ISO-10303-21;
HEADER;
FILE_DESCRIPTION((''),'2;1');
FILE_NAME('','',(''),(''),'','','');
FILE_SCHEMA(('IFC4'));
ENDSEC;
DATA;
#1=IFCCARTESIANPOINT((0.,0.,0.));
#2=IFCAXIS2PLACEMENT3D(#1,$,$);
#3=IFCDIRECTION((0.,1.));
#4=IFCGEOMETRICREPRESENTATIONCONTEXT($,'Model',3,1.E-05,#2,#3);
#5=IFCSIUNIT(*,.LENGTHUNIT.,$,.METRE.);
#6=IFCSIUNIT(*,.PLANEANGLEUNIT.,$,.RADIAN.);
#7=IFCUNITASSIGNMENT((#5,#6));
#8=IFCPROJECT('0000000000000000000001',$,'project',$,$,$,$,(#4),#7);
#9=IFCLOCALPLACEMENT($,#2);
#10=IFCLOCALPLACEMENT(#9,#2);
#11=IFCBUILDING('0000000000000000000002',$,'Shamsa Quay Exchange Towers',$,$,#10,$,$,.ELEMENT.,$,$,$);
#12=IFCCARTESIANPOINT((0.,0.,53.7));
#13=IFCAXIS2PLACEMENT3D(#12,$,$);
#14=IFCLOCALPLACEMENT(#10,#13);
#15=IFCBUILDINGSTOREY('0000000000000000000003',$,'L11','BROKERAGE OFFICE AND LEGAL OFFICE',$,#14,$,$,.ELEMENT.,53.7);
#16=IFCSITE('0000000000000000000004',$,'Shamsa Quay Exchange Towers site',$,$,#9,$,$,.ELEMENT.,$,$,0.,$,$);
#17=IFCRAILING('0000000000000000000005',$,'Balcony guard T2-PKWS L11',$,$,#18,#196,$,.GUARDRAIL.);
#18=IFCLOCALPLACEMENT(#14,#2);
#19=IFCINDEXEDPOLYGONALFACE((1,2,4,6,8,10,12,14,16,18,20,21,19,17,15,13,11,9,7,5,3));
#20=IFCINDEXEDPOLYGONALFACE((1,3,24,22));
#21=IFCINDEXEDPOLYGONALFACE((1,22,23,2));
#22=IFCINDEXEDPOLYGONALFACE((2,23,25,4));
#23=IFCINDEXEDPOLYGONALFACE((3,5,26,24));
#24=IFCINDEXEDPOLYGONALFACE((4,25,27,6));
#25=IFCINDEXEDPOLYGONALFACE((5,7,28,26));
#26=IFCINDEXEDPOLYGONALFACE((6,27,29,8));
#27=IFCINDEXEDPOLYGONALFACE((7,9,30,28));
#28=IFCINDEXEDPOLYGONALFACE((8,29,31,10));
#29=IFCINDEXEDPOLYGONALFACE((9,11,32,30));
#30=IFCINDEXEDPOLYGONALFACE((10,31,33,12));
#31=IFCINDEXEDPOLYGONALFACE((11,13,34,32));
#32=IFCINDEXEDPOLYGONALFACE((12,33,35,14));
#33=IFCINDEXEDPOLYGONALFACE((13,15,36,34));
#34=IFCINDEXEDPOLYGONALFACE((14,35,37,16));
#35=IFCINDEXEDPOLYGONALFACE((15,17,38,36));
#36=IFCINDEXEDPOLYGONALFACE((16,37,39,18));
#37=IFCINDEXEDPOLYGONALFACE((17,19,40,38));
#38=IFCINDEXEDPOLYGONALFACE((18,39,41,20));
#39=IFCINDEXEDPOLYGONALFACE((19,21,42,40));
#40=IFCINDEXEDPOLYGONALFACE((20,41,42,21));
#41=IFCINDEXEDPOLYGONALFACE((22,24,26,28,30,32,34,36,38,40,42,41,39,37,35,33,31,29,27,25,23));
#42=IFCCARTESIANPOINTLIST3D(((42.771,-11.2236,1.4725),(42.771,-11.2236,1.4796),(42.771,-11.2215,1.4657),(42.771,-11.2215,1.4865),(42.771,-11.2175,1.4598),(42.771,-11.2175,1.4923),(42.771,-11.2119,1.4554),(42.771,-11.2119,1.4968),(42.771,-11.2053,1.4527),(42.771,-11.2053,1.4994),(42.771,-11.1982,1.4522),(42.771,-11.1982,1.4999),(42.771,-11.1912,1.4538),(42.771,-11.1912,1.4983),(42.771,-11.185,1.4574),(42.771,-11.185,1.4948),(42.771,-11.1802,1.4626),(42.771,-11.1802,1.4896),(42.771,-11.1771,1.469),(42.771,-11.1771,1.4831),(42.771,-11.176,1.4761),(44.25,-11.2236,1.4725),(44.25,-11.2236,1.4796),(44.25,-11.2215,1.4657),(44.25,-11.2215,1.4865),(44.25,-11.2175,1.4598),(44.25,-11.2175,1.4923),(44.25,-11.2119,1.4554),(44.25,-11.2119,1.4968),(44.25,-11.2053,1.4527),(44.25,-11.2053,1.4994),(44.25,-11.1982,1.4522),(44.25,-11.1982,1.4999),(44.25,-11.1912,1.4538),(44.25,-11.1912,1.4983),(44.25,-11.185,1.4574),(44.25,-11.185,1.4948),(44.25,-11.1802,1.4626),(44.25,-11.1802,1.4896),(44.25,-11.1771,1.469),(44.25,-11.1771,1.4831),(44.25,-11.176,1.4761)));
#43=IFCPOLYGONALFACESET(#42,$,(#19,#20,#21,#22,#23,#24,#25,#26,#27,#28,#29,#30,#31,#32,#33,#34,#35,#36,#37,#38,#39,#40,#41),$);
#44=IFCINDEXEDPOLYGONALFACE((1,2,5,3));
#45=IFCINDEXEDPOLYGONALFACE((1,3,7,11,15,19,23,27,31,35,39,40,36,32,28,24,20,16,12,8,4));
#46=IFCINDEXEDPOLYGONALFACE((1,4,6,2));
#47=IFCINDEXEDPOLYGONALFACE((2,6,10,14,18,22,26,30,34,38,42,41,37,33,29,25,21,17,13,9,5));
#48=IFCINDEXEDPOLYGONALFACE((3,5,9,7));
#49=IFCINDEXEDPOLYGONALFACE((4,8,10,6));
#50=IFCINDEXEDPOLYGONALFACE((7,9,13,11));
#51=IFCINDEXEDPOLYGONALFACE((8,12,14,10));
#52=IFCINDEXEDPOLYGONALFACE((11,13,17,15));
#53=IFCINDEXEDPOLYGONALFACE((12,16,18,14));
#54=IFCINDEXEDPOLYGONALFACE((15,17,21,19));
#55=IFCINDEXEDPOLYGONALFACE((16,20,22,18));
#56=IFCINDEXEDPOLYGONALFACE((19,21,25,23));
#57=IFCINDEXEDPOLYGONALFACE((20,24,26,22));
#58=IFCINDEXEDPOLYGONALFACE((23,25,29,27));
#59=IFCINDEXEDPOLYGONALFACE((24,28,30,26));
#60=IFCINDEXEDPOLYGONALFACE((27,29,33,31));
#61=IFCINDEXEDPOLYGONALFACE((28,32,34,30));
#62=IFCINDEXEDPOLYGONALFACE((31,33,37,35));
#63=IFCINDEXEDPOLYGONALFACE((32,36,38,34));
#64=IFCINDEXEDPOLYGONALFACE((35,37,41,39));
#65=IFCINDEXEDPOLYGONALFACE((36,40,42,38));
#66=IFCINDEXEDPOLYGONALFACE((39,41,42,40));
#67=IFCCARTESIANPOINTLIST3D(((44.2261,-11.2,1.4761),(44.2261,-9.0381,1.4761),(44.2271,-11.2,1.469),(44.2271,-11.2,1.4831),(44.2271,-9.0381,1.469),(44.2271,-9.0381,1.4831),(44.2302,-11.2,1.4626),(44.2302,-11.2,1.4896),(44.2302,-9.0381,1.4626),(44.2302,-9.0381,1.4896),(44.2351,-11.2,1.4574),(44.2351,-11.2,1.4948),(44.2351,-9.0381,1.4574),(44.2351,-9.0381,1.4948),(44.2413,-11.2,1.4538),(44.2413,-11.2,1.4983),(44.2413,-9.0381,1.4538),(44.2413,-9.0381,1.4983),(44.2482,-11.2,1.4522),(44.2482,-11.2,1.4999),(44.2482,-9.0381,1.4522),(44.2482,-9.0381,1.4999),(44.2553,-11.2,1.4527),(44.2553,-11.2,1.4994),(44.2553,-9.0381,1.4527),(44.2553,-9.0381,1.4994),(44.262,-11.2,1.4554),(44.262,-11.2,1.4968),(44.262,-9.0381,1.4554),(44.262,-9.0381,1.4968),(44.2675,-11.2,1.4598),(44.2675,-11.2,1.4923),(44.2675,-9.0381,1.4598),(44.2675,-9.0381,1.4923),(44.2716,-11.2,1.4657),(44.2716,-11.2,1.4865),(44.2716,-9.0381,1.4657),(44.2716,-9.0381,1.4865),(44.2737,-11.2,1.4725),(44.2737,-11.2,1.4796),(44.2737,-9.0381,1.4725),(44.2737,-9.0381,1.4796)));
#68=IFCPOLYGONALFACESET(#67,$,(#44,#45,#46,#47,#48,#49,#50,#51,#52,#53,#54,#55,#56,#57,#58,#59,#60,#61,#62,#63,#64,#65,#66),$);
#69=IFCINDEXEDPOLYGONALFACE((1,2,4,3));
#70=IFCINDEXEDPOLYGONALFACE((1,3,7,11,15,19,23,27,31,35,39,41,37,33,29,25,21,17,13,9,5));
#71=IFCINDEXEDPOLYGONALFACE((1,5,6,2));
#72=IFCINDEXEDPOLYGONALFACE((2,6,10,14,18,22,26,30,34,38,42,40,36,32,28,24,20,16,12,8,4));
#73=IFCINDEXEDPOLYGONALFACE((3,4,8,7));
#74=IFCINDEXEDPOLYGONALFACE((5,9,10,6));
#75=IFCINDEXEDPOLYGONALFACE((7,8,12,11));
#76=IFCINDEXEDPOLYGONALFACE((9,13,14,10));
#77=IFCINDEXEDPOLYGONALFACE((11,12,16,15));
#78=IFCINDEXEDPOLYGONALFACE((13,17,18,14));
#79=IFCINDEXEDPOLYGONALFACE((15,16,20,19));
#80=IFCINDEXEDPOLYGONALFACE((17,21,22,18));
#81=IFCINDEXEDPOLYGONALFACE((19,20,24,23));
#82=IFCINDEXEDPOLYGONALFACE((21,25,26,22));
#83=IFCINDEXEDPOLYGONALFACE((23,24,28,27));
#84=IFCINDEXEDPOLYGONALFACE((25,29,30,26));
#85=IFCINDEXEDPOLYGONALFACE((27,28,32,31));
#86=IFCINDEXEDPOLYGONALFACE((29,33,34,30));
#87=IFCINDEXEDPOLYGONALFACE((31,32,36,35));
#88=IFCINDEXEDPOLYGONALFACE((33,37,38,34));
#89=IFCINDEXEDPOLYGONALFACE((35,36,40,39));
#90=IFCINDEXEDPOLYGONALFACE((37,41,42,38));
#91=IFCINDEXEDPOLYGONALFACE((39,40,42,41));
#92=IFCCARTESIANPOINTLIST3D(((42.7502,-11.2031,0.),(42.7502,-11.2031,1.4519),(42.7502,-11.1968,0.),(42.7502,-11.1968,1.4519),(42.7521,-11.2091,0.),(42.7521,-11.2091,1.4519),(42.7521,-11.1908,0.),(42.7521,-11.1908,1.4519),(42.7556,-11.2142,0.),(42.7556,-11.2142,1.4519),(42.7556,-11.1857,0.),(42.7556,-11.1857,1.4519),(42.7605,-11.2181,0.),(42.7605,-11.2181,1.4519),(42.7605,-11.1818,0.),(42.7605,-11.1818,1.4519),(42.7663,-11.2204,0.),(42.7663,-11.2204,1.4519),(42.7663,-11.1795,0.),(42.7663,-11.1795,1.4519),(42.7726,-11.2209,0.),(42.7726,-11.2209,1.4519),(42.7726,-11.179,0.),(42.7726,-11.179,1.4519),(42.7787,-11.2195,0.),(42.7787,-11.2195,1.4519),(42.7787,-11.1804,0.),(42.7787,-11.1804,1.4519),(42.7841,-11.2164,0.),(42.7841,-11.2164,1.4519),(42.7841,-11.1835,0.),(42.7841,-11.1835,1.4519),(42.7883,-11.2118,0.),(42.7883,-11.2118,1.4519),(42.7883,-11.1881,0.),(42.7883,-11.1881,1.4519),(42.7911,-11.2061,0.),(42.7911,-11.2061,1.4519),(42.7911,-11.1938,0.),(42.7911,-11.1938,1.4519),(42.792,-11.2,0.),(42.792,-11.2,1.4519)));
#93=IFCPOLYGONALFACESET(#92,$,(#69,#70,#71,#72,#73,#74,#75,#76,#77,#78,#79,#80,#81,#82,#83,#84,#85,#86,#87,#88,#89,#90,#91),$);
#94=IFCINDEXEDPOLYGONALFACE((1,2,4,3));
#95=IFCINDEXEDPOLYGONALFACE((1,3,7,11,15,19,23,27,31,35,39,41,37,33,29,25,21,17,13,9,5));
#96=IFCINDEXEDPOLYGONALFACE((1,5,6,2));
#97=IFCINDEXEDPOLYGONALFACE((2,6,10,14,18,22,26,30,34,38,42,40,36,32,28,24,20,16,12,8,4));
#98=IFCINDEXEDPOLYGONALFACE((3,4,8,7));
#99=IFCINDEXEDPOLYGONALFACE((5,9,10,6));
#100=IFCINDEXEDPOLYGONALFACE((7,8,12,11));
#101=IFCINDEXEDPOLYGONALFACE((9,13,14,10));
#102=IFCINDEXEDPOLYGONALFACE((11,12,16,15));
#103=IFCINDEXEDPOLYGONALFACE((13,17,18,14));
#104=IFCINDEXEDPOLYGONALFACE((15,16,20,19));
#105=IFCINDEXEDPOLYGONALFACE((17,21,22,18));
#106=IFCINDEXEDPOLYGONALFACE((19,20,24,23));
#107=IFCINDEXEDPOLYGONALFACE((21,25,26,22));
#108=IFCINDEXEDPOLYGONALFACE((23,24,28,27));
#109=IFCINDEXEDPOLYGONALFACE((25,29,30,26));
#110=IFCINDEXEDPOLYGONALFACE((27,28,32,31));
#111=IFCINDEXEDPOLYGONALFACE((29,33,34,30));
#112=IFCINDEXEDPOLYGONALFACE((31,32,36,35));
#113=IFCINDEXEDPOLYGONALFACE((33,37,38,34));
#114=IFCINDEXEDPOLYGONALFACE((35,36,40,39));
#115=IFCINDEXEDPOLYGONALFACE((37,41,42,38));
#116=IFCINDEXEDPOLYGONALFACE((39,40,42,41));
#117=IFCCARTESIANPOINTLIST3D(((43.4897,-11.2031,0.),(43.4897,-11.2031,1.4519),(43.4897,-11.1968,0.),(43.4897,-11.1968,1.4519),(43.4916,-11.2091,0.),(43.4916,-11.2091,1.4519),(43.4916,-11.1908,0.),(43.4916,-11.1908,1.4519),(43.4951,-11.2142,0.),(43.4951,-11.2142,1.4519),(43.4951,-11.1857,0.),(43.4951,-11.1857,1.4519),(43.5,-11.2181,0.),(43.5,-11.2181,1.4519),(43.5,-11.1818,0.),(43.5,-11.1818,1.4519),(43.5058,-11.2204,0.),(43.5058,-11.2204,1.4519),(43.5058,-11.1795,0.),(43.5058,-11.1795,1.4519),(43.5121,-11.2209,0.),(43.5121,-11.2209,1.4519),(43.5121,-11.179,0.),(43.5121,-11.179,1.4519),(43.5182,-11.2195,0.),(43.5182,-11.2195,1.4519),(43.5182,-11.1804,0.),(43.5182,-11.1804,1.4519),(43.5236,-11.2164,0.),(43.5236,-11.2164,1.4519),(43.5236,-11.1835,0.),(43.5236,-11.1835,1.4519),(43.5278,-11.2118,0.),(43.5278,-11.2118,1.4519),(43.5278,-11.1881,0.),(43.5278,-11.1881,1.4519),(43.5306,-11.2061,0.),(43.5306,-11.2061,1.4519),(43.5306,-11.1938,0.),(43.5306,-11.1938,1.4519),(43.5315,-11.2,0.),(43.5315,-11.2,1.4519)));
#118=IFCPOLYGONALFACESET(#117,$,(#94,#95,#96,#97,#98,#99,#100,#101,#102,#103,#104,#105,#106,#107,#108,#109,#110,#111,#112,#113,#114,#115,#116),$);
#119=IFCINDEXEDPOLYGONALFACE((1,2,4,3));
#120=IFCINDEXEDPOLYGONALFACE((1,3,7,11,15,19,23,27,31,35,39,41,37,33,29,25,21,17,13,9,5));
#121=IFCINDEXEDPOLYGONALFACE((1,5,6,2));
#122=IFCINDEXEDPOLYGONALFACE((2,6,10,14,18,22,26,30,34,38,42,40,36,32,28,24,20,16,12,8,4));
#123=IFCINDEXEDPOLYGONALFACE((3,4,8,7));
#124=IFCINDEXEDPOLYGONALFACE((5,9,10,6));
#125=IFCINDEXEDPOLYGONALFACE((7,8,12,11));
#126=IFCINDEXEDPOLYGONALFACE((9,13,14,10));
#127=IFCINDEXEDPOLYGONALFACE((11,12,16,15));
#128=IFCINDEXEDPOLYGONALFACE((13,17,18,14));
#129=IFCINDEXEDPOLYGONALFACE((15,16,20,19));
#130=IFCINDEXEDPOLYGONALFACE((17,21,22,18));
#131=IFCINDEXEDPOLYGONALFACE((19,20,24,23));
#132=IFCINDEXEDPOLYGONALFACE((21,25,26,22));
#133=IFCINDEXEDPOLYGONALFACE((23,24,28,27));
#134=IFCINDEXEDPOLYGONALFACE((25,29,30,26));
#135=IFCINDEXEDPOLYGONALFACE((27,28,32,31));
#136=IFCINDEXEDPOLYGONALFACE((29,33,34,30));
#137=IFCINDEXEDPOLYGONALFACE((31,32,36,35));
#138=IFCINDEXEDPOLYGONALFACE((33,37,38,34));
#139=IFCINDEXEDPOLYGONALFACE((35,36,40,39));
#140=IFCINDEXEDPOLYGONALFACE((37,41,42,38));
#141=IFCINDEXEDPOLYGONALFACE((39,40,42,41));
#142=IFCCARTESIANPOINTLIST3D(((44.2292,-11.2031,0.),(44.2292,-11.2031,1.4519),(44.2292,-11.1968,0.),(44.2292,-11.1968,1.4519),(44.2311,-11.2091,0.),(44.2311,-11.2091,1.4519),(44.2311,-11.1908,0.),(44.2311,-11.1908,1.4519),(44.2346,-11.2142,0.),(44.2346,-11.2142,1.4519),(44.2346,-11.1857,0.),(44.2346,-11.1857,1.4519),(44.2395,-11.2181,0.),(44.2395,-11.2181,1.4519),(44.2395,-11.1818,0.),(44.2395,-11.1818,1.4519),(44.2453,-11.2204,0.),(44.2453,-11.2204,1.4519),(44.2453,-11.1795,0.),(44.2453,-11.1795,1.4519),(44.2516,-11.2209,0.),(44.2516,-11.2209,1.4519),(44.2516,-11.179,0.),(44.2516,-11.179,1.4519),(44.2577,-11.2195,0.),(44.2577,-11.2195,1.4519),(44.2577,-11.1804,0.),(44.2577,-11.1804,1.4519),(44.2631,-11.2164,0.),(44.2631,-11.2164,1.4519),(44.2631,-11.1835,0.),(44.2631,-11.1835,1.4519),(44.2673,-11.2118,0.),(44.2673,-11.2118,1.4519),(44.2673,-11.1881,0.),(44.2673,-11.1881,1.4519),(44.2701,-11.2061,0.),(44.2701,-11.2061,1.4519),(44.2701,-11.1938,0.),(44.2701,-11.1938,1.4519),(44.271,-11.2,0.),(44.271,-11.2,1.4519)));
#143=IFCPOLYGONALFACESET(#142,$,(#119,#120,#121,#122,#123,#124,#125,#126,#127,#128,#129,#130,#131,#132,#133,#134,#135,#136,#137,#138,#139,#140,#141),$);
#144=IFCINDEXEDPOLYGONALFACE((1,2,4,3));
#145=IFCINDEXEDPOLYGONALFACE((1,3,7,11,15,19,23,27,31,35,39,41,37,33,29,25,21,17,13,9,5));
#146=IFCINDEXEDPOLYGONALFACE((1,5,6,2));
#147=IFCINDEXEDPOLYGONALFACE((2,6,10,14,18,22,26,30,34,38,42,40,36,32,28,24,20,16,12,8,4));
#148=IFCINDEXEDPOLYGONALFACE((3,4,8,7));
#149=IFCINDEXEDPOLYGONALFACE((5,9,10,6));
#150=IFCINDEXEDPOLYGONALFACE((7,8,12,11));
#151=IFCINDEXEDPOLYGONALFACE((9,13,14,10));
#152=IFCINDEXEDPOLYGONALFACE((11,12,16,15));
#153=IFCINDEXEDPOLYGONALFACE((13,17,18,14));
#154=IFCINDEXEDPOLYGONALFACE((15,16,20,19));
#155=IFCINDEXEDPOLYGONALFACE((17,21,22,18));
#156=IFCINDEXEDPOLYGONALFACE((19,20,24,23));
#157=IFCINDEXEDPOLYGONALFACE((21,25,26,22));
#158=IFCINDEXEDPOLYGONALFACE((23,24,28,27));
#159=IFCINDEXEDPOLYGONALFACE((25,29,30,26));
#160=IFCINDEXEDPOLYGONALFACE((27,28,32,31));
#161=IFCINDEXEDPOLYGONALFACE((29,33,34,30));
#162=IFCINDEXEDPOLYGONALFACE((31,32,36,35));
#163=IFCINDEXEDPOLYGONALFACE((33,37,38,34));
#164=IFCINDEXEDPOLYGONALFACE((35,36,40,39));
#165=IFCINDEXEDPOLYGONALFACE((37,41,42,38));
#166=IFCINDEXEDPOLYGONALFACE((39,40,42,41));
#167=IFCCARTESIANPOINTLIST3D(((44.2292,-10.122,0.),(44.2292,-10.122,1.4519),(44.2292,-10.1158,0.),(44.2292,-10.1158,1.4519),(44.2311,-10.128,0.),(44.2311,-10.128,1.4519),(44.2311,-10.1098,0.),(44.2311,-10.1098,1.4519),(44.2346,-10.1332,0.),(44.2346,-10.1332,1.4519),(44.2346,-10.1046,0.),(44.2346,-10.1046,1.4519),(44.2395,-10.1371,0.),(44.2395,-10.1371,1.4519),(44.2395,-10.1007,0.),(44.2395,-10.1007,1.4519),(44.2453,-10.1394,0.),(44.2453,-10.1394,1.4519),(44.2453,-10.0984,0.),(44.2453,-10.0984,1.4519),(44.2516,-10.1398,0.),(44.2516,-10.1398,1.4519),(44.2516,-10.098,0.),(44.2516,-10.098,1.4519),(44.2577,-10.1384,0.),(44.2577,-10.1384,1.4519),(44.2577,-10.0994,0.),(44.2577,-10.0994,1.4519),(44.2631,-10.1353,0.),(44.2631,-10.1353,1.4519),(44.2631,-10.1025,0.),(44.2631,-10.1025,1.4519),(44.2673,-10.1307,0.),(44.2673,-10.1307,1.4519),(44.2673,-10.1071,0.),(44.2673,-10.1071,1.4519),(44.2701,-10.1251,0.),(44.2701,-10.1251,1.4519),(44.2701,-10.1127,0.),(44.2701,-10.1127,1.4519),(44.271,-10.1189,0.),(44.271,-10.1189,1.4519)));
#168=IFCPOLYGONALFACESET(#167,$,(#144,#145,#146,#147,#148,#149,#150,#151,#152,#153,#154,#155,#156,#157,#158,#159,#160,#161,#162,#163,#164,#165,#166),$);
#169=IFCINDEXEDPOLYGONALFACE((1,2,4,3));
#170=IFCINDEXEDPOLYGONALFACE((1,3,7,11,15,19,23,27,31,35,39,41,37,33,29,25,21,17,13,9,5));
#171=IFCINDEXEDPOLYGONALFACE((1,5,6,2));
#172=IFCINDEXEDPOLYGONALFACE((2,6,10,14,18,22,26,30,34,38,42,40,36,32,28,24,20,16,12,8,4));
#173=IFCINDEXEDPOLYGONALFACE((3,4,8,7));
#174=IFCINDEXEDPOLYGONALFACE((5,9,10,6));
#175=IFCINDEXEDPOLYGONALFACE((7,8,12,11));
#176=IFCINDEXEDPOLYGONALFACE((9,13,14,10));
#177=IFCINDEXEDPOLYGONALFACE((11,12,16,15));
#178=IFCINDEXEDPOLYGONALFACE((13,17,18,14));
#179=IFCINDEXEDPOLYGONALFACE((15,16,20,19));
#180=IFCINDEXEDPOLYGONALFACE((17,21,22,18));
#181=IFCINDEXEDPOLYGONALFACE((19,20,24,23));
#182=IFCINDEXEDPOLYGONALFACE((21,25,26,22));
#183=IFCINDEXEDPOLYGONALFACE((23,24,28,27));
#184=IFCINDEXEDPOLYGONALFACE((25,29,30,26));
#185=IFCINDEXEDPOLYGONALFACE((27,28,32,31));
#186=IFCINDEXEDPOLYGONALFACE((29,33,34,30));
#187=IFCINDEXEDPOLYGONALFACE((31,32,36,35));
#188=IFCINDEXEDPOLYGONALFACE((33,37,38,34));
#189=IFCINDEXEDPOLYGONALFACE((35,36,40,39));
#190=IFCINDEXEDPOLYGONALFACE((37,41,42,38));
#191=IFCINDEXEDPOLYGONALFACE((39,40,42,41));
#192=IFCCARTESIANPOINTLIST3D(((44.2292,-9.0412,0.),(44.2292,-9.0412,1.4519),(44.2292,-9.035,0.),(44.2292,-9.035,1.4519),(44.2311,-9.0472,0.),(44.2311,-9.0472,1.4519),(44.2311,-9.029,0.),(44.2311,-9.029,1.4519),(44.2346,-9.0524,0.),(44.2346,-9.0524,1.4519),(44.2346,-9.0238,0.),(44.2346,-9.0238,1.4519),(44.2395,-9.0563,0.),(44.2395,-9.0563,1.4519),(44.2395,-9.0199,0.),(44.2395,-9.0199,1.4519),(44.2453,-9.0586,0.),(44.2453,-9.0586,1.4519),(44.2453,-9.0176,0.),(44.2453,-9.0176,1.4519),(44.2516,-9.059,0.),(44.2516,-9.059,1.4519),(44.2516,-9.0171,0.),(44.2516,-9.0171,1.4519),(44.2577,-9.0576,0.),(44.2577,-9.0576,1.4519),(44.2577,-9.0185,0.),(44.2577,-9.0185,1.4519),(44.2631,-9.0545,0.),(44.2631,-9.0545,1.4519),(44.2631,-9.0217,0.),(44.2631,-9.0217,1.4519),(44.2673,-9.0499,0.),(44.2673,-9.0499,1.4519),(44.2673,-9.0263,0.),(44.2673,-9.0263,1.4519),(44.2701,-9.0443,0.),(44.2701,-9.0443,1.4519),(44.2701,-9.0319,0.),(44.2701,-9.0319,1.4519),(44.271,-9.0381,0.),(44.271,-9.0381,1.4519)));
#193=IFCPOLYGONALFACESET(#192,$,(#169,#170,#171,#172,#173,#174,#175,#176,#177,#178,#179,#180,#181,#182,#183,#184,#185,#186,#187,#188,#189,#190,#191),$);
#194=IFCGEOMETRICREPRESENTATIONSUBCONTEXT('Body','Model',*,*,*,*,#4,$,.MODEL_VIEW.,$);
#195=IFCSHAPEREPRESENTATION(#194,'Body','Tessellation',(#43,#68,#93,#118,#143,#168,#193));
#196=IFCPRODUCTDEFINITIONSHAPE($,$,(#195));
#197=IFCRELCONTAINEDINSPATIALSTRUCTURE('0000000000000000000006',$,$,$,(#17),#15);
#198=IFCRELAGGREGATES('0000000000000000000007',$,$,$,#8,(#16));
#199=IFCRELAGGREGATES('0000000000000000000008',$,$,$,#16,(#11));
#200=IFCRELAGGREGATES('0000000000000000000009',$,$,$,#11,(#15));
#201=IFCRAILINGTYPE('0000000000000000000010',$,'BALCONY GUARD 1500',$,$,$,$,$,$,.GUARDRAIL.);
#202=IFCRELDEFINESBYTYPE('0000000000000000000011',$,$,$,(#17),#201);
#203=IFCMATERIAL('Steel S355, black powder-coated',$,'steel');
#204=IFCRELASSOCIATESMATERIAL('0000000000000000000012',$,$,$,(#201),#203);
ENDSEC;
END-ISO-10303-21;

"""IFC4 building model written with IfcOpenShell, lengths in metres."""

from ifc_helpers import new_model, si_unit, direction, frame, origin, origin_2d, place, context, subcontext, project, spatial, circle, extrude, material, type_object, element, save


model = new_model("IFC4")

# Units and contexts
model_context = context("Model", 3, precision=1e-05, world=origin(), true_north=direction((0.0, 1.0)))
body_context = subcontext(model_context, "Body", "Model", "MODEL_VIEW")
ifc_project = project(units=[si_unit("LENGTHUNIT", "METRE"), si_unit("PLANEANGLEUNIT", "RADIAN")], contexts=[model_context])

# Site, building, storey
site_placement = place(None, origin())
site = spatial("IfcSite", under=ifc_project, at=site_placement, Name="Shamsa Quay Exchange Towers site", CompositionType="ELEMENT", RefElevation=0.0)
building_placement = place(site_placement, origin())
building = spatial("IfcBuilding", under=site, at=building_placement, Name="Shamsa Quay Exchange Towers", CompositionType="ELEMENT")
storey_placement = place(building_placement, frame((0.0, 0.0, 53.7)))
storey = spatial("IfcBuildingStorey", under=building, at=storey_placement, Name="L11", Description="BROKERAGE OFFICE AND LEGAL OFFICE", CompositionType="ELEMENT", Elevation=53.7)

# Railing
ifc_material_1 = material(Name="Steel S355, black powder-coated", Category="steel")
railing_type = type_object("IfcRailingType", Name="BALCONY GUARD 1500", PredefinedType="GUARDRAIL", material=ifc_material_1)
for number, where, name in (
    (1, (42.771, -11.2, 0.0), "Balcony guard T2-PKWS L11"),
):
    element("IfcRailing", number, at=place(storey_placement, frame(where)), inside=storey, type_object=railing_type, Name=name, PredefinedType="GUARDRAIL", context=body_context, shape_type="SweptSolid", body=[
        extrude(circle(Radius=0.0239, at=origin_2d()), frame((0.0, 0.0, 1.4761), z_axis=(1.0, 0.0, 0.0), x_axis=(0.0, 1.0, 0.0)), (0.0, 0.0, 1.0), 1.479),
        extrude(circle(Radius=0.0239, at=origin_2d()), frame((1.479, 0.0, 1.4761), z_axis=(0.0, 1.0, 0.0), x_axis=(-1.0, 0.0, 0.0)), (0.0, 0.0, 1.0), 2.1619),
        extrude(circle(Radius=0.021, at=origin_2d()), origin(), (0.0, 0.0, 1.0), 1.4519),
        extrude(circle(Radius=0.021, at=origin_2d()), frame((0.7395, 0.0, 0.0)), (0.0, 0.0, 1.0), 1.4519),
        extrude(circle(Radius=0.021, at=origin_2d()), frame((1.479, 0.0, 0.0)), (0.0, 0.0, 1.0), 1.4519),
        extrude(circle(Radius=0.021, at=origin_2d()), frame((1.479, 1.0811, 0.0)), (0.0, 0.0, 1.0), 1.4519),
        extrude(circle(Radius=0.021, at=origin_2d()), frame((1.479, 2.1619, 0.0)), (0.0, 0.0, 1.0), 1.4519),
    ])

save(model, "model.ifc")
